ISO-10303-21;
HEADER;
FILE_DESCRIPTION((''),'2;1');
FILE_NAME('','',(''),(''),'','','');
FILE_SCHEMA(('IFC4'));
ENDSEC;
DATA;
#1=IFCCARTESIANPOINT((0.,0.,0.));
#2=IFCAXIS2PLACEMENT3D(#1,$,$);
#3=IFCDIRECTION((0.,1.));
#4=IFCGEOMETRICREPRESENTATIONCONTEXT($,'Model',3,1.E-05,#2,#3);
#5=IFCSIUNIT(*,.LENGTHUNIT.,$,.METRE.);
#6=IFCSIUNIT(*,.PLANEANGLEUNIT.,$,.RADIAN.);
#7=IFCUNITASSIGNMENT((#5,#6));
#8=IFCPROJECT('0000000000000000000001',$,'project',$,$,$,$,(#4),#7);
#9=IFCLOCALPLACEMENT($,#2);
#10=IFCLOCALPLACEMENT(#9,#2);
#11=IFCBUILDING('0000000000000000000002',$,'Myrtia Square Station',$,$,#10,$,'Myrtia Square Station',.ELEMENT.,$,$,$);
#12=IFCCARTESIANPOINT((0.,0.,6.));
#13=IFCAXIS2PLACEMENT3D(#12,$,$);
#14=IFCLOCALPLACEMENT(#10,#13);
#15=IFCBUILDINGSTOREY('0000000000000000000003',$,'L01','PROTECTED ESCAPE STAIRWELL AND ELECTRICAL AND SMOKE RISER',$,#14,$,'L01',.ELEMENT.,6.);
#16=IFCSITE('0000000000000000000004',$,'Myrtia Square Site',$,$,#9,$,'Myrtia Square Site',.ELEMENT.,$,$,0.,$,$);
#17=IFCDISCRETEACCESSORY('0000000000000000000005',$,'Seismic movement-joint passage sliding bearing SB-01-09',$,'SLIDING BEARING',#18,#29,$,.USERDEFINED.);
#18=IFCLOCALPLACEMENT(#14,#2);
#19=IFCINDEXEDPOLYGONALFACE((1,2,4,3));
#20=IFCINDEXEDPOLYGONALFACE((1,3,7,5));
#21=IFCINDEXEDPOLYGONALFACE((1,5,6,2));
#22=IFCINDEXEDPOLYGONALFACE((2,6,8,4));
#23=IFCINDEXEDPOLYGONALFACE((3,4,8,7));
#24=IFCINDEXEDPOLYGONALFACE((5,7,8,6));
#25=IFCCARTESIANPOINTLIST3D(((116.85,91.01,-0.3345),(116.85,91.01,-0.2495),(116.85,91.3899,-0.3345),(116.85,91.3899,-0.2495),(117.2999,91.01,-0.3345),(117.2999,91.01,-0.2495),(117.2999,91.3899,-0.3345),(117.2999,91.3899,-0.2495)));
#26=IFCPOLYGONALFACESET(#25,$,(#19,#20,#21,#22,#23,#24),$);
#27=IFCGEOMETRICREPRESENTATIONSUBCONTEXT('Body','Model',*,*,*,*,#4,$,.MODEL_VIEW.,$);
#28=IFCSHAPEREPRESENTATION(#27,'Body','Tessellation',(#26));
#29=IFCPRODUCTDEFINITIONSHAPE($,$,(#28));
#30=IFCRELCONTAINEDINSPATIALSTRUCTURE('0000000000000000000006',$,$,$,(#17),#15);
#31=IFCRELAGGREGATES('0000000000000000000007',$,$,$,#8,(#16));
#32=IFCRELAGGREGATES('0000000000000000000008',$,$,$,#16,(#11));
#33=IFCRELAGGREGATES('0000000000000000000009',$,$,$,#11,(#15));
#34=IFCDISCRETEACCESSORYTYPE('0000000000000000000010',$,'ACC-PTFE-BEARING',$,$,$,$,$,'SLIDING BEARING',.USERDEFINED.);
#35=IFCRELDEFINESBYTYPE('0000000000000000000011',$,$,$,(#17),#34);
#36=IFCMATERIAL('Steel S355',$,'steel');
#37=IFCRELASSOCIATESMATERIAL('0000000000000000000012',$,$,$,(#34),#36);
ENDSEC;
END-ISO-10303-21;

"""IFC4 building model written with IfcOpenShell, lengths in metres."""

from ifc_helpers import new_model, si_unit, direction, frame, origin, origin_2d, place, context, subcontext, project, spatial, rectangle, extrude, material, type_object, element, save


model = new_model("IFC4")

# Units and contexts
model_context = context("Model", 3, precision=1e-05, world=origin(), true_north=direction((0.0, 1.0)))
body_context = subcontext(model_context, "Body", "Model", "MODEL_VIEW")
ifc_project = project(units=[si_unit("LENGTHUNIT", "METRE"), si_unit("PLANEANGLEUNIT", "RADIAN")], contexts=[model_context])

# Site, building, storey
site_placement = place(None, origin())
site = spatial("IfcSite", under=ifc_project, at=site_placement, Name="Myrtia Square Site", LongName="Myrtia Square Site", CompositionType="ELEMENT", RefElevation=0.0)
building_placement = place(site_placement, origin())
building = spatial("IfcBuilding", under=site, at=building_placement, Name="Myrtia Square Station", LongName="Myrtia Square Station", CompositionType="ELEMENT")
storey_placement = place(building_placement, frame((0.0, 0.0, 6.0)))
storey = spatial("IfcBuildingStorey", under=building, at=storey_placement, Name="L01", Description="PROTECTED ESCAPE STAIRWELL AND ELECTRICAL AND SMOKE RISER", LongName="L01", CompositionType="ELEMENT", Elevation=6.0)

# Discrete accessory
ifc_material_1 = material(Name="Steel S355", Category="steel")
discrete_accessory_type = type_object("IfcDiscreteAccessoryType", Name="ACC-PTFE-BEARING", ElementType="SLIDING BEARING", PredefinedType="USERDEFINED", material=ifc_material_1)
discrete_accessory_placement = place(storey_placement, frame((117.075, 91.2, -0.3345), z_axis=(0.0, 0.0, 1.0), x_axis=(1.0, 0.0, 0.0)))
element("IfcDiscreteAccessory", 1, at=discrete_accessory_placement, inside=storey, type_object=discrete_accessory_type, Name="Seismic movement-joint passage sliding bearing SB-01-09", ObjectType="SLIDING BEARING", PredefinedType="USERDEFINED", context=body_context, shape_type="SweptSolid", body=[
    extrude(rectangle(XDim=0.45, YDim=0.3799, at=origin_2d()), origin(), (0.0, 0.0, 1.0), 0.085),
])

save(model, "model.ifc")
